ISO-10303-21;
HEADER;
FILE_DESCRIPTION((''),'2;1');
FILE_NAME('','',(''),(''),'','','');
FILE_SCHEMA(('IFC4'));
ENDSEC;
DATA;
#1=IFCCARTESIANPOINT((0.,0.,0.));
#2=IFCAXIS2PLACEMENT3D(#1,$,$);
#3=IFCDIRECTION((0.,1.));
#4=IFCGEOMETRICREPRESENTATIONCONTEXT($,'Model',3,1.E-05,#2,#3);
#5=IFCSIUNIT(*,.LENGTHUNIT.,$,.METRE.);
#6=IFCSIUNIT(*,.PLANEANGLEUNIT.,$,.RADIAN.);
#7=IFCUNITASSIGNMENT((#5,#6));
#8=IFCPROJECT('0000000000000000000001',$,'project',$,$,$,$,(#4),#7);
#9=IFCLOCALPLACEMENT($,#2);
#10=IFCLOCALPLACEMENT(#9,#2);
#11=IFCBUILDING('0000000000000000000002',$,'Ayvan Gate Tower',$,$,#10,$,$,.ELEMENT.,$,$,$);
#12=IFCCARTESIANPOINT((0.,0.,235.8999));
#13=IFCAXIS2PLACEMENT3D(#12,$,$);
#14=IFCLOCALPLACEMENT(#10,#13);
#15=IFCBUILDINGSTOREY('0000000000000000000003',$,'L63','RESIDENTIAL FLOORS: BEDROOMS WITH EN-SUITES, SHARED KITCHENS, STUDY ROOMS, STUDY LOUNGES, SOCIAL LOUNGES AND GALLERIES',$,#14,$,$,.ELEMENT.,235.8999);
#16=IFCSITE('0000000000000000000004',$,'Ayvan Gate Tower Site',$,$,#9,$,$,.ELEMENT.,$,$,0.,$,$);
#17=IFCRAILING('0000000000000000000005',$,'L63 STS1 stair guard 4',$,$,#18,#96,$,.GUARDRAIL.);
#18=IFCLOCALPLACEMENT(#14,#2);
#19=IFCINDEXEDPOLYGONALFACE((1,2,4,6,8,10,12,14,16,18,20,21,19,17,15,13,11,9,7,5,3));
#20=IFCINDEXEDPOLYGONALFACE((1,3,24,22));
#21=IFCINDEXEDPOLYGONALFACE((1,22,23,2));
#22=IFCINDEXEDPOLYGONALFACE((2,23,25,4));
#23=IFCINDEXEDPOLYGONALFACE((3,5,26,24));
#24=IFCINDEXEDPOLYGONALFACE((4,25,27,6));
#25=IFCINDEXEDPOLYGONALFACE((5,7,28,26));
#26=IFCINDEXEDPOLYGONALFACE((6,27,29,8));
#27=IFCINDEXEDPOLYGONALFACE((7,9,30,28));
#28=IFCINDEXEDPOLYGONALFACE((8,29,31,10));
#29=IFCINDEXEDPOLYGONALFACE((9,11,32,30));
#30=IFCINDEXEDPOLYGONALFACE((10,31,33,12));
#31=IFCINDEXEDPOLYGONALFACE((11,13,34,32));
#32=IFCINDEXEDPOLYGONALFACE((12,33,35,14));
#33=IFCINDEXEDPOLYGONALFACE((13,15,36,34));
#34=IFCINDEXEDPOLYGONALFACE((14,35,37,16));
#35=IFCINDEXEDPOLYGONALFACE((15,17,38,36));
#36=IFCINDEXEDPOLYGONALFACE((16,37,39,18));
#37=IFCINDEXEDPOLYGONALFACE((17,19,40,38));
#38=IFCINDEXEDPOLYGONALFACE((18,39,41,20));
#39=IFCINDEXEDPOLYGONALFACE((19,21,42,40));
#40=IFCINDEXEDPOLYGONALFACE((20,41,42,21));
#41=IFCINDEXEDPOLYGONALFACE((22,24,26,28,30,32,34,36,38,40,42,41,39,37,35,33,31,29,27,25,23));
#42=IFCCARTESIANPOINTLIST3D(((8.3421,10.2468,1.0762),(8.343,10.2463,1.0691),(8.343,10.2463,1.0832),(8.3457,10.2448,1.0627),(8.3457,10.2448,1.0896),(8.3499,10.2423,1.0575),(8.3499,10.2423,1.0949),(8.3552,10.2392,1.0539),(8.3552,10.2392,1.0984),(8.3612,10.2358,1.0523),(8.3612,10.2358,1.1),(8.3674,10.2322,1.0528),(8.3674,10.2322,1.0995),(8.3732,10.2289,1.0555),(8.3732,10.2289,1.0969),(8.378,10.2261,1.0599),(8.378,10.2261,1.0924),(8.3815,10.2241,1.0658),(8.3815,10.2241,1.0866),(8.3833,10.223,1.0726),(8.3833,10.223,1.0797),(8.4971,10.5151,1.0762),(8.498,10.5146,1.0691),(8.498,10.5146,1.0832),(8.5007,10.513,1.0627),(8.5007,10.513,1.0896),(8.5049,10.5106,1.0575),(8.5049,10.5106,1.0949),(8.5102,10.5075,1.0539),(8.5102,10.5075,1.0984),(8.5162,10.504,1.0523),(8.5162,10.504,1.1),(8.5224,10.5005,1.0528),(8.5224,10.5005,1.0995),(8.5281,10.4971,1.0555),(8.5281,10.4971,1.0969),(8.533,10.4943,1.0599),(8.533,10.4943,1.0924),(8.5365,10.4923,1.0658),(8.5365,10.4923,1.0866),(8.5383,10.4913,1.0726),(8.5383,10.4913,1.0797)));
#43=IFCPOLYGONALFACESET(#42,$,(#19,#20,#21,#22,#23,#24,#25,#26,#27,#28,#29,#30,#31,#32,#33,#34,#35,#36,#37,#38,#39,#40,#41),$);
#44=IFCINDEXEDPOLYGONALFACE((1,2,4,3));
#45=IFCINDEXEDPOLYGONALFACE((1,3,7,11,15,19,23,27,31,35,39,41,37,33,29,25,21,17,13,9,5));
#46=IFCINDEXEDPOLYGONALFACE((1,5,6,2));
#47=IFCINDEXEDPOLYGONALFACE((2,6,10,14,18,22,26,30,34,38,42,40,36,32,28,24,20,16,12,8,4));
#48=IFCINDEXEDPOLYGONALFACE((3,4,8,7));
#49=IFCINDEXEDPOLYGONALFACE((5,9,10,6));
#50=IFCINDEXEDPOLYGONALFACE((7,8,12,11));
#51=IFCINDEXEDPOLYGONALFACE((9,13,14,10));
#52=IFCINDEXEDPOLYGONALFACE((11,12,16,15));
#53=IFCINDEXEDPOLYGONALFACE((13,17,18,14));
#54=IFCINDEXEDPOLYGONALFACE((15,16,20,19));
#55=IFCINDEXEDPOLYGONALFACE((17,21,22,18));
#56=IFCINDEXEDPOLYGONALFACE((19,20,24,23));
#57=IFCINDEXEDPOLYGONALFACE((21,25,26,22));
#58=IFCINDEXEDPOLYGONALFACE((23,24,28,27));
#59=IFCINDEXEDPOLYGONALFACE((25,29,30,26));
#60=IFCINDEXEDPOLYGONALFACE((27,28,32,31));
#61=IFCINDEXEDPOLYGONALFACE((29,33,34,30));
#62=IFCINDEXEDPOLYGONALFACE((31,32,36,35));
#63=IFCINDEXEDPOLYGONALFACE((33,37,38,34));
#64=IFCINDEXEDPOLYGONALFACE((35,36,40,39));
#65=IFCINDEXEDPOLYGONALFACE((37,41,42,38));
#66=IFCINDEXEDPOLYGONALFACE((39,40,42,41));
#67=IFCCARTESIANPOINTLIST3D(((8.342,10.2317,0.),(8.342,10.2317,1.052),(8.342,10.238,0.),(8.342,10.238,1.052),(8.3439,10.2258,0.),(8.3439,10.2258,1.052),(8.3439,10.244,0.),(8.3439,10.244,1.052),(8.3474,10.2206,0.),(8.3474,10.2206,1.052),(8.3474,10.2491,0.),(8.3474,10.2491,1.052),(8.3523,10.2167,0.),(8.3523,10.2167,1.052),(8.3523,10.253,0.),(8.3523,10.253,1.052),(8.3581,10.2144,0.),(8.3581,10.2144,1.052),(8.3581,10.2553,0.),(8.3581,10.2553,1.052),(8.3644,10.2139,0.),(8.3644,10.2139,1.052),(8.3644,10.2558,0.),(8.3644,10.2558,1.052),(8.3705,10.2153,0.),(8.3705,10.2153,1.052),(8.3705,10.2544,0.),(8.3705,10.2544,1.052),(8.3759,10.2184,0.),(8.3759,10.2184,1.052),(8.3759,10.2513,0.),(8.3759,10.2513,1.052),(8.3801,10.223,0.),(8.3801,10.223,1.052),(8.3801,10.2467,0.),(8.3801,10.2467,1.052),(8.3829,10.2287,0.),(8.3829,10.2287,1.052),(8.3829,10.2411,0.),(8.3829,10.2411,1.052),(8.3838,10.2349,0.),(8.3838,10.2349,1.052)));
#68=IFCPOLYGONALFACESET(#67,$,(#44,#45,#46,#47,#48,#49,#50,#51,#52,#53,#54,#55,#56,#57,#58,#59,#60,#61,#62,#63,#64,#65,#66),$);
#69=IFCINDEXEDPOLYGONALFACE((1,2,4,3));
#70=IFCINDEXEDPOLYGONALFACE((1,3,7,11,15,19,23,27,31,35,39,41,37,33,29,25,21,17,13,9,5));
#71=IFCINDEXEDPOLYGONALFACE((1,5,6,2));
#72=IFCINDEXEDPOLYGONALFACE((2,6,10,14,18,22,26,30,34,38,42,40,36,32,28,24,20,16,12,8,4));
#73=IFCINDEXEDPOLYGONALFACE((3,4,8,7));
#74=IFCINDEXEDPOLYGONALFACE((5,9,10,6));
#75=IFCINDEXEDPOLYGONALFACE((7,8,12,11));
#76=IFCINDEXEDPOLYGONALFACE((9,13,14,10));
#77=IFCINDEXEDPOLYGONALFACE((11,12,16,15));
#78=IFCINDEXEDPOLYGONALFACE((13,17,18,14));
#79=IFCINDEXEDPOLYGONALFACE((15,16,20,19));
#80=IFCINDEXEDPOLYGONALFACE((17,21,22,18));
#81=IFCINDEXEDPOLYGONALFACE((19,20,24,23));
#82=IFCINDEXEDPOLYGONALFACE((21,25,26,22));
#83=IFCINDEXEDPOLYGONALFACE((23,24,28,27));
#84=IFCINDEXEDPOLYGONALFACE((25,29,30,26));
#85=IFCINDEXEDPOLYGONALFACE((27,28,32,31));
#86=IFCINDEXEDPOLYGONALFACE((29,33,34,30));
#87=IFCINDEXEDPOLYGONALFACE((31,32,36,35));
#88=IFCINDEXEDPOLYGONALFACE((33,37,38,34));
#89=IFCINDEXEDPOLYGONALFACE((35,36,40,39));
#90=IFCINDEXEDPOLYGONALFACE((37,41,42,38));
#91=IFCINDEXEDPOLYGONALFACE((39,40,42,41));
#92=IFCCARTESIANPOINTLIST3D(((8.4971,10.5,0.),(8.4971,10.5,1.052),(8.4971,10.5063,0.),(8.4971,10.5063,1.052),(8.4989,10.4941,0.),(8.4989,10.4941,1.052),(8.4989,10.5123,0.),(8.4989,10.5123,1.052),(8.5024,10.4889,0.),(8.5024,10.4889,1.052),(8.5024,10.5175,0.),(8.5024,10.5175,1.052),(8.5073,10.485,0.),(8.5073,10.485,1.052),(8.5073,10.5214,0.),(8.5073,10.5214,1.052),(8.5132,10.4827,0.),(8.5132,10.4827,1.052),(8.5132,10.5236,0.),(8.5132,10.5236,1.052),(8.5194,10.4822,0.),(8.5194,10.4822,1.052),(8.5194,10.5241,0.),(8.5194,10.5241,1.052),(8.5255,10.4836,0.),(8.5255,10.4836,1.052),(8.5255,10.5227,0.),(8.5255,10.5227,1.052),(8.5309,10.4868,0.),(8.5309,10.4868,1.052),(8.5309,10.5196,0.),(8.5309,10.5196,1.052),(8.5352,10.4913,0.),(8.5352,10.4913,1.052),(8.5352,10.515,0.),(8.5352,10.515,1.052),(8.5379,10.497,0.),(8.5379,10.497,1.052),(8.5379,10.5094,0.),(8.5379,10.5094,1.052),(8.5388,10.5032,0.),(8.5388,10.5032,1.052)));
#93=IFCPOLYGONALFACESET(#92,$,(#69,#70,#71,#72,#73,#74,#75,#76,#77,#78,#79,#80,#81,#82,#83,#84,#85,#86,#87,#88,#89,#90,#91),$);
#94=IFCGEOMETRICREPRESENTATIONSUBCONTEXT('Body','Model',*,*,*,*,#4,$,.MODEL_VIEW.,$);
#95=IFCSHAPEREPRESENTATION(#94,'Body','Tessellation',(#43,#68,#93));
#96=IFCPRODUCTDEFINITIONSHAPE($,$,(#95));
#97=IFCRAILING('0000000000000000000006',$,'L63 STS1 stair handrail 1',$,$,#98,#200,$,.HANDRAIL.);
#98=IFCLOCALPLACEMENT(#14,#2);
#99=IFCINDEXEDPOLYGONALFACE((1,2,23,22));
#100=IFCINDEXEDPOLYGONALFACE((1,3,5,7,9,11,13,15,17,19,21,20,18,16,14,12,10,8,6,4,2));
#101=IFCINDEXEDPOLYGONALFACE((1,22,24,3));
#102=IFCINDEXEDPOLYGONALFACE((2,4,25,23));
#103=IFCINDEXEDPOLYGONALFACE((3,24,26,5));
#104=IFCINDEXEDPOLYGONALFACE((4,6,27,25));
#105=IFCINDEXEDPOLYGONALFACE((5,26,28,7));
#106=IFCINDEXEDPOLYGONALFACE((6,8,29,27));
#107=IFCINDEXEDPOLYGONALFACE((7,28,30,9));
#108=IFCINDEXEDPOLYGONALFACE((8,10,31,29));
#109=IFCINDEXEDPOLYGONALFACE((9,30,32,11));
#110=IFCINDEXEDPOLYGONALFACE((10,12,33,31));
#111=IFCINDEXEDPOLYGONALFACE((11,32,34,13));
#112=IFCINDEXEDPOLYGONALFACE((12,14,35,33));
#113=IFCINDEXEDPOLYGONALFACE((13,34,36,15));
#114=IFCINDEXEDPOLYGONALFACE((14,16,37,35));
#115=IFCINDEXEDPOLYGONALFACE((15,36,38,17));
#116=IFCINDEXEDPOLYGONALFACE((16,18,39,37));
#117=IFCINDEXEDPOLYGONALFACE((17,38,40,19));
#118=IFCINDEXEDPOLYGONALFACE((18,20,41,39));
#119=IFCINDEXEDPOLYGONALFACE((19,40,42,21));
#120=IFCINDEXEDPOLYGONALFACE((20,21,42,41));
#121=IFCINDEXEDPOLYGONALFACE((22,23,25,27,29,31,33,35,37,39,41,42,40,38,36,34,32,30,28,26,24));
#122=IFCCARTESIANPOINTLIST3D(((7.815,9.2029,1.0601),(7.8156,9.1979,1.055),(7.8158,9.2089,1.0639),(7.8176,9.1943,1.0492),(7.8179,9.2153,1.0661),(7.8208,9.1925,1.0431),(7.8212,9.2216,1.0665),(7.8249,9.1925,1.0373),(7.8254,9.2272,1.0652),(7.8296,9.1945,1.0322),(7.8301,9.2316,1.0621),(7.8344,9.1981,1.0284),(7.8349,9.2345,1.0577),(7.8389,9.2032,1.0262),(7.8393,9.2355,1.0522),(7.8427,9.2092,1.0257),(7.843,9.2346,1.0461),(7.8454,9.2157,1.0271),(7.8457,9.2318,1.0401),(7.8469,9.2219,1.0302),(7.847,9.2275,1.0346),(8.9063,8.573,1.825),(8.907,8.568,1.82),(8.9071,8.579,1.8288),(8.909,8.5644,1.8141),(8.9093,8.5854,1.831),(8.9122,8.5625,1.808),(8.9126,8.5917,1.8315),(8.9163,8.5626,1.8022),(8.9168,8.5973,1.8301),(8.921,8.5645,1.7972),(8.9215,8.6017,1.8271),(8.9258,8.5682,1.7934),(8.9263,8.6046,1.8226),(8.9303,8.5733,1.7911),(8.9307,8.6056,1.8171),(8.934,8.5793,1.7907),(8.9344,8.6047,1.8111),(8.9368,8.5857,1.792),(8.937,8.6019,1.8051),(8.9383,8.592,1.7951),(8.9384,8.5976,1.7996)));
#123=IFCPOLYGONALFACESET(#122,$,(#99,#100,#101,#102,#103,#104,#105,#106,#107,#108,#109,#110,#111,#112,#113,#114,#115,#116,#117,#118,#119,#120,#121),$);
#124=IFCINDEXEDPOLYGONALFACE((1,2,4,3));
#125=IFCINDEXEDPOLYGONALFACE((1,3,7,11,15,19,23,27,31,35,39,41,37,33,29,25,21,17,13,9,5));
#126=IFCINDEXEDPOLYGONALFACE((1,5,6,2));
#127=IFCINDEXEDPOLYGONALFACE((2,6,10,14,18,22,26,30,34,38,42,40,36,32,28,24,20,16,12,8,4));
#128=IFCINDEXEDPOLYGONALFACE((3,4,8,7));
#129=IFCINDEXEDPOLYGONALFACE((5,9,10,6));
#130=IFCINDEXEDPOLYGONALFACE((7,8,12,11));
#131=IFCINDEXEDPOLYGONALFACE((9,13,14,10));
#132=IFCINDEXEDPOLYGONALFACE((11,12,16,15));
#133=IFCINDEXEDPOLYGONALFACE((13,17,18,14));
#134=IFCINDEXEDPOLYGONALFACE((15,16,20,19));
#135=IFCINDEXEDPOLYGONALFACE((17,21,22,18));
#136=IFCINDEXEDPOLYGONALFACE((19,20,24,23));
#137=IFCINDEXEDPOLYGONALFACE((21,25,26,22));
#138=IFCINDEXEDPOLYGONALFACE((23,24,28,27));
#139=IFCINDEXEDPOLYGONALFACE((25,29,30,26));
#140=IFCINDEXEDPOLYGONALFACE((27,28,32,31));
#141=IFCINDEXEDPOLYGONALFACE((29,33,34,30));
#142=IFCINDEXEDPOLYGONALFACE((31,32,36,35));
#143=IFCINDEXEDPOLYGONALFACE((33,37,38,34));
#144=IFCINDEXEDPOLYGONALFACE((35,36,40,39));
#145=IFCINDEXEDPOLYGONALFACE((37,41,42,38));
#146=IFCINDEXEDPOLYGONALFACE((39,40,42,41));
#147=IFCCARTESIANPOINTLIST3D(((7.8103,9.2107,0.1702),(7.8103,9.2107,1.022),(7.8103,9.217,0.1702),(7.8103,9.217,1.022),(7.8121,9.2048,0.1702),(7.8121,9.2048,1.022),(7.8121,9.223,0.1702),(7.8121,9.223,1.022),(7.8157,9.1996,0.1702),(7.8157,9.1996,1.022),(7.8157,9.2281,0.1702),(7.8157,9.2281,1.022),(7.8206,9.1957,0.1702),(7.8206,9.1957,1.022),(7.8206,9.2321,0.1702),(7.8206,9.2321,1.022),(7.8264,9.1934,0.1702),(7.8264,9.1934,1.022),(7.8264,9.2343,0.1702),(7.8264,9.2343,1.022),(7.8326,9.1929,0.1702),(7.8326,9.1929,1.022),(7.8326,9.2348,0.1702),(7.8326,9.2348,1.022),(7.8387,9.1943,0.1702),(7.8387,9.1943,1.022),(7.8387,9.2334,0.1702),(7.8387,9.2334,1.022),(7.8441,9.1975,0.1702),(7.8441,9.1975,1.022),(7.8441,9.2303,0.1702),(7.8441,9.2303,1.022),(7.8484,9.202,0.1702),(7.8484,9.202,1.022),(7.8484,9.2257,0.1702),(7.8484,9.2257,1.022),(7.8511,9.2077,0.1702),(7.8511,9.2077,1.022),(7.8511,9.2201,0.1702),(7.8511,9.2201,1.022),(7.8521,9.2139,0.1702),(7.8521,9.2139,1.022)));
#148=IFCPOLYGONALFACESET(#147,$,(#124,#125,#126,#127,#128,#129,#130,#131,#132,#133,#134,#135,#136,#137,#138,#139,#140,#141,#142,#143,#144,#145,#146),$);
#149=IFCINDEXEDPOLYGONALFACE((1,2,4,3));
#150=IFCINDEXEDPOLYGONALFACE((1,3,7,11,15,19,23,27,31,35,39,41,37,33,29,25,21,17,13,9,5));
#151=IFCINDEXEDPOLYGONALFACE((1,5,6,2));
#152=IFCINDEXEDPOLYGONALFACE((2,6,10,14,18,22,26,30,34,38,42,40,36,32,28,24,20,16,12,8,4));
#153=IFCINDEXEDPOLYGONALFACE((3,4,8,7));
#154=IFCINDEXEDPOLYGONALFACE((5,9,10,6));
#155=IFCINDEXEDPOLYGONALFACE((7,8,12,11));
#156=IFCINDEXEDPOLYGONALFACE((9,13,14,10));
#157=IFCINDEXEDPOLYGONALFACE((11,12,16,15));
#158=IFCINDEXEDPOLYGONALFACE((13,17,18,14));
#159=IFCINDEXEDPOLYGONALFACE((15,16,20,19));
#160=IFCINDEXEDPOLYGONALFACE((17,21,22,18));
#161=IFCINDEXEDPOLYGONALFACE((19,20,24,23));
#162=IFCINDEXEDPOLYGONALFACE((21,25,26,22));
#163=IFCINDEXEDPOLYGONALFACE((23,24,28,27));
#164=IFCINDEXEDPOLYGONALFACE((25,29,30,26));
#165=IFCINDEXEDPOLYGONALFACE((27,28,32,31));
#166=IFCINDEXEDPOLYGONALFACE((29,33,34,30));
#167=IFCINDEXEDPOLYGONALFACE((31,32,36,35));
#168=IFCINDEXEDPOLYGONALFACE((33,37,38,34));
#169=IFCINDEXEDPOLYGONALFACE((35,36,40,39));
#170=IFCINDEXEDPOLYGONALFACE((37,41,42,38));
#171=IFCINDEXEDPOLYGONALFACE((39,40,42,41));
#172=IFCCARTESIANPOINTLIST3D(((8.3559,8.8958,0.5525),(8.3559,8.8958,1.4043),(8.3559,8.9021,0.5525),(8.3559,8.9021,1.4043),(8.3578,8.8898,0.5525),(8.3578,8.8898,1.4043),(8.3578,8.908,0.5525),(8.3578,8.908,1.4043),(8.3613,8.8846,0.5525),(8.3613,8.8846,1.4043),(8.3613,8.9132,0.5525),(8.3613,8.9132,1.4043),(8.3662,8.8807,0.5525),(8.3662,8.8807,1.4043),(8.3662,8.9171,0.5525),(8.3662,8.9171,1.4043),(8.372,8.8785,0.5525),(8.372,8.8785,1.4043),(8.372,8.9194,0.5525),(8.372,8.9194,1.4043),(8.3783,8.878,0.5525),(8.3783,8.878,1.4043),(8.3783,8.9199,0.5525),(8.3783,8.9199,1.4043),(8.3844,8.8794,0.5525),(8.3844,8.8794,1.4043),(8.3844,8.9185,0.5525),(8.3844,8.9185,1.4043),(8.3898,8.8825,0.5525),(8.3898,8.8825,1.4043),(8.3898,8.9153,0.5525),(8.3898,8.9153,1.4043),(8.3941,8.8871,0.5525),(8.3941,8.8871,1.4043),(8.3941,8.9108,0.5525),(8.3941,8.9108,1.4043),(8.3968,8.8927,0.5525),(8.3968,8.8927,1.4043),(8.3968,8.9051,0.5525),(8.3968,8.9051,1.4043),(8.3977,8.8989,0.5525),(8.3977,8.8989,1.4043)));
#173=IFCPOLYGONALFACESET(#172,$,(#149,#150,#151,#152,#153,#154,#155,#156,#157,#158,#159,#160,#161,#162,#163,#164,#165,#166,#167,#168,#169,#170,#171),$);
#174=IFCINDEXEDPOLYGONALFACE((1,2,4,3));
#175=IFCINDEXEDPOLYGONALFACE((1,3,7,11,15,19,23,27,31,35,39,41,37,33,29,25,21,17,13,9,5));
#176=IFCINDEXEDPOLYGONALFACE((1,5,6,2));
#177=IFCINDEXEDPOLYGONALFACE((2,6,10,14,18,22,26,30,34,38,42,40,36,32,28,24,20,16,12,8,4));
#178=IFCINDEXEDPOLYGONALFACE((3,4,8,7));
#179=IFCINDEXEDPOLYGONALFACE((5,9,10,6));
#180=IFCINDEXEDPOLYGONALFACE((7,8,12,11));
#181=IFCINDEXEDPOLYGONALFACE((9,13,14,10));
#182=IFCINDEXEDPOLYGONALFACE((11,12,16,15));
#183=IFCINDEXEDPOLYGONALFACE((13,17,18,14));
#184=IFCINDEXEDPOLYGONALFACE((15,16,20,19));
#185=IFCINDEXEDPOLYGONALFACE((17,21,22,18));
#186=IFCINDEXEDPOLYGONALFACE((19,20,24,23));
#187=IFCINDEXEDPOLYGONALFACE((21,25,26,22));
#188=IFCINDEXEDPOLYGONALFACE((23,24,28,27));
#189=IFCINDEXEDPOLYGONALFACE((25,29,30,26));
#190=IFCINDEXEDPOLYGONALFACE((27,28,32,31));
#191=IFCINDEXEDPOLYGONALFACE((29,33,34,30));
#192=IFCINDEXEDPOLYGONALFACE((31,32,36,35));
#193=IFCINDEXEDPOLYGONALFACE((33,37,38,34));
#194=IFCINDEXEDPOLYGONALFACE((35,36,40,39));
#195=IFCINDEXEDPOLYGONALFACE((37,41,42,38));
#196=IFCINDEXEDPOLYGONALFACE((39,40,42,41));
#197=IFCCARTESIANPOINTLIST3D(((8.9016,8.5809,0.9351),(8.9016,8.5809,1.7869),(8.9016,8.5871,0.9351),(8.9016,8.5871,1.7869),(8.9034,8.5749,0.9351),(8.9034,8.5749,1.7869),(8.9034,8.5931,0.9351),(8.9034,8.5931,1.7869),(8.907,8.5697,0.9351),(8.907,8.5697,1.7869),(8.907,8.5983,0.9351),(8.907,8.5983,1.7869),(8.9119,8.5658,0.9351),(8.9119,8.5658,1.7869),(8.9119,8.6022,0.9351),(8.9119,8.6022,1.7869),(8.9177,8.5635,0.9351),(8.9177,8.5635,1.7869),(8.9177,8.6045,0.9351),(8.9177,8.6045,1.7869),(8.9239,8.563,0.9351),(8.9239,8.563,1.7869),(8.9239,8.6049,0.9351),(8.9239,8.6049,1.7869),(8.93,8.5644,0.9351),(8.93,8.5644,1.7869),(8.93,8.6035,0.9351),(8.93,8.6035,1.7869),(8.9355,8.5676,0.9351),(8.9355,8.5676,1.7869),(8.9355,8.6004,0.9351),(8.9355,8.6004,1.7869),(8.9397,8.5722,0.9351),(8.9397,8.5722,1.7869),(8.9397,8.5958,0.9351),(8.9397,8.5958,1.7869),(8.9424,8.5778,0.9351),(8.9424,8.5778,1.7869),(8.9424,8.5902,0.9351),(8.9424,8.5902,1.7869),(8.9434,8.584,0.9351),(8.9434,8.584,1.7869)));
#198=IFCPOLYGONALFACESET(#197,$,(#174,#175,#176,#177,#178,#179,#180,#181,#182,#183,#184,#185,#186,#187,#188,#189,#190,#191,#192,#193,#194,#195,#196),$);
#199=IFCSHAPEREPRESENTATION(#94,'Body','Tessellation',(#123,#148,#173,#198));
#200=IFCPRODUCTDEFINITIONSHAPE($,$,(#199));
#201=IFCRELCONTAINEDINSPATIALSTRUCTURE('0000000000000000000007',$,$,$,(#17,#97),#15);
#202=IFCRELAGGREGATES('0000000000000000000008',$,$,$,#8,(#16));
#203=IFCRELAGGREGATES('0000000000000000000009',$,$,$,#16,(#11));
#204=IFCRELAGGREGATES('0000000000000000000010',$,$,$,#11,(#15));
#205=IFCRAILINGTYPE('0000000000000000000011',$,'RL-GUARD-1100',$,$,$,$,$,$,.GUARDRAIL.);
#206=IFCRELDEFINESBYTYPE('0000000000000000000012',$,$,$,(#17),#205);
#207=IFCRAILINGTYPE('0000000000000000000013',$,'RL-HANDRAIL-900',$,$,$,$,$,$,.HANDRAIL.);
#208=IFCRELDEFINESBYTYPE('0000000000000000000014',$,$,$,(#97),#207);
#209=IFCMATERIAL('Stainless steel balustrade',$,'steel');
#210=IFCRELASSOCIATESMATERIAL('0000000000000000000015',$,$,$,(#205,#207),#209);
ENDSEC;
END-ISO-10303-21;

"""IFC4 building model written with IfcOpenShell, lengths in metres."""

from ifc_helpers import new_model, si_unit, direction, frame, origin, origin_2d, place, context, subcontext, project, spatial, circle, extrude, material, type_object, element, save


model = new_model("IFC4")

# Units and contexts
model_context = context("Model", 3, precision=1e-05, world=origin(), true_north=direction((0.0, 1.0)))
body_context = subcontext(model_context, "Body", "Model", "MODEL_VIEW")
ifc_project = project(units=[si_unit("LENGTHUNIT", "METRE"), si_unit("PLANEANGLEUNIT", "RADIAN")], contexts=[model_context])

# Site, building, storey
site_placement = place(None, origin())
site = spatial("IfcSite", under=ifc_project, at=site_placement, Name="Ayvan Gate Tower Site", CompositionType="ELEMENT", RefElevation=0.0)
building_placement = place(site_placement, origin())
building = spatial("IfcBuilding", under=site, at=building_placement, Name="Ayvan Gate Tower", CompositionType="ELEMENT")
storey_placement = place(building_placement, frame((0.0, 0.0, 235.8999)))
storey = spatial("IfcBuildingStorey", under=building, at=storey_placement, Name="L63", Description="RESIDENTIAL FLOORS: BEDROOMS WITH EN-SUITES, SHARED KITCHENS, STUDY ROOMS, STUDY LOUNGES, SOCIAL LOUNGES AND GALLERIES", CompositionType="ELEMENT", Elevation=235.8999)

# Railings
ifc_material_1 = material(Name="Stainless steel balustrade", Category="steel")
railing_type_1 = type_object("IfcRailingType", Name="RL-GUARD-1100", PredefinedType="GUARDRAIL", material=ifc_material_1)
railing_1_placement = place(storey_placement, frame((8.3628, 10.2349, 0.0)))
element("IfcRailing", 1, at=railing_1_placement, inside=storey, type_object=railing_type_1, Name="L63 STS1 stair guard 4", PredefinedType="GUARDRAIL", context=body_context, shape_type="SweptSolid", body=[
    extrude(circle(Radius=0.0239, at=origin_2d()), frame((0.0, 0.0, 1.0762), z_axis=(0.500291, 0.865857, 0.0), x_axis=(-0.865857, 0.500291, 0.0)), (0.0, 0.0, 1.0), 0.3098),
    extrude(circle(Radius=0.021, at=origin_2d()), origin(), (0.0, 0.0, 1.0), 1.052),
    extrude(circle(Radius=0.021, at=origin_2d()), frame((0.155, 0.2683, 0.0)), (0.0, 0.0, 1.0), 1.052),
])
railing_type_2 = type_object("IfcRailingType", Name="RL-HANDRAIL-900", PredefinedType="HANDRAIL", material=ifc_material_1)
railing_2_placement = place(storey_placement, frame((7.8311, 9.2139, 0.1702)))
element("IfcRailing", 2, at=railing_2_placement, inside=storey, type_object=railing_type_2, Name="L63 STS1 stair handrail 1", PredefinedType="HANDRAIL", context=body_context, shape_type="SweptSolid", body=[
    extrude(circle(Radius=0.0239, at=origin_2d()), frame((0.0, 0.0, 0.876), z_axis=(0.740357, -0.42732, 0.518912), x_axis=(0.49989, 0.866089, 0.0)), (0.0, 0.0, 1.0), 1.4741),
    extrude(circle(Radius=0.021, at=origin_2d()), origin(), (0.0, 0.0, 1.0), 0.8518),
    extrude(circle(Radius=0.021, at=origin_2d()), frame((0.5457, -0.3149, 0.3823)), (0.0, 0.0, 1.0), 0.8518),
    extrude(circle(Radius=0.021, at=origin_2d()), frame((1.0913, -0.6299, 0.7649)), (0.0, 0.0, 1.0), 0.8518),
])

save(model, "model.ifc")
